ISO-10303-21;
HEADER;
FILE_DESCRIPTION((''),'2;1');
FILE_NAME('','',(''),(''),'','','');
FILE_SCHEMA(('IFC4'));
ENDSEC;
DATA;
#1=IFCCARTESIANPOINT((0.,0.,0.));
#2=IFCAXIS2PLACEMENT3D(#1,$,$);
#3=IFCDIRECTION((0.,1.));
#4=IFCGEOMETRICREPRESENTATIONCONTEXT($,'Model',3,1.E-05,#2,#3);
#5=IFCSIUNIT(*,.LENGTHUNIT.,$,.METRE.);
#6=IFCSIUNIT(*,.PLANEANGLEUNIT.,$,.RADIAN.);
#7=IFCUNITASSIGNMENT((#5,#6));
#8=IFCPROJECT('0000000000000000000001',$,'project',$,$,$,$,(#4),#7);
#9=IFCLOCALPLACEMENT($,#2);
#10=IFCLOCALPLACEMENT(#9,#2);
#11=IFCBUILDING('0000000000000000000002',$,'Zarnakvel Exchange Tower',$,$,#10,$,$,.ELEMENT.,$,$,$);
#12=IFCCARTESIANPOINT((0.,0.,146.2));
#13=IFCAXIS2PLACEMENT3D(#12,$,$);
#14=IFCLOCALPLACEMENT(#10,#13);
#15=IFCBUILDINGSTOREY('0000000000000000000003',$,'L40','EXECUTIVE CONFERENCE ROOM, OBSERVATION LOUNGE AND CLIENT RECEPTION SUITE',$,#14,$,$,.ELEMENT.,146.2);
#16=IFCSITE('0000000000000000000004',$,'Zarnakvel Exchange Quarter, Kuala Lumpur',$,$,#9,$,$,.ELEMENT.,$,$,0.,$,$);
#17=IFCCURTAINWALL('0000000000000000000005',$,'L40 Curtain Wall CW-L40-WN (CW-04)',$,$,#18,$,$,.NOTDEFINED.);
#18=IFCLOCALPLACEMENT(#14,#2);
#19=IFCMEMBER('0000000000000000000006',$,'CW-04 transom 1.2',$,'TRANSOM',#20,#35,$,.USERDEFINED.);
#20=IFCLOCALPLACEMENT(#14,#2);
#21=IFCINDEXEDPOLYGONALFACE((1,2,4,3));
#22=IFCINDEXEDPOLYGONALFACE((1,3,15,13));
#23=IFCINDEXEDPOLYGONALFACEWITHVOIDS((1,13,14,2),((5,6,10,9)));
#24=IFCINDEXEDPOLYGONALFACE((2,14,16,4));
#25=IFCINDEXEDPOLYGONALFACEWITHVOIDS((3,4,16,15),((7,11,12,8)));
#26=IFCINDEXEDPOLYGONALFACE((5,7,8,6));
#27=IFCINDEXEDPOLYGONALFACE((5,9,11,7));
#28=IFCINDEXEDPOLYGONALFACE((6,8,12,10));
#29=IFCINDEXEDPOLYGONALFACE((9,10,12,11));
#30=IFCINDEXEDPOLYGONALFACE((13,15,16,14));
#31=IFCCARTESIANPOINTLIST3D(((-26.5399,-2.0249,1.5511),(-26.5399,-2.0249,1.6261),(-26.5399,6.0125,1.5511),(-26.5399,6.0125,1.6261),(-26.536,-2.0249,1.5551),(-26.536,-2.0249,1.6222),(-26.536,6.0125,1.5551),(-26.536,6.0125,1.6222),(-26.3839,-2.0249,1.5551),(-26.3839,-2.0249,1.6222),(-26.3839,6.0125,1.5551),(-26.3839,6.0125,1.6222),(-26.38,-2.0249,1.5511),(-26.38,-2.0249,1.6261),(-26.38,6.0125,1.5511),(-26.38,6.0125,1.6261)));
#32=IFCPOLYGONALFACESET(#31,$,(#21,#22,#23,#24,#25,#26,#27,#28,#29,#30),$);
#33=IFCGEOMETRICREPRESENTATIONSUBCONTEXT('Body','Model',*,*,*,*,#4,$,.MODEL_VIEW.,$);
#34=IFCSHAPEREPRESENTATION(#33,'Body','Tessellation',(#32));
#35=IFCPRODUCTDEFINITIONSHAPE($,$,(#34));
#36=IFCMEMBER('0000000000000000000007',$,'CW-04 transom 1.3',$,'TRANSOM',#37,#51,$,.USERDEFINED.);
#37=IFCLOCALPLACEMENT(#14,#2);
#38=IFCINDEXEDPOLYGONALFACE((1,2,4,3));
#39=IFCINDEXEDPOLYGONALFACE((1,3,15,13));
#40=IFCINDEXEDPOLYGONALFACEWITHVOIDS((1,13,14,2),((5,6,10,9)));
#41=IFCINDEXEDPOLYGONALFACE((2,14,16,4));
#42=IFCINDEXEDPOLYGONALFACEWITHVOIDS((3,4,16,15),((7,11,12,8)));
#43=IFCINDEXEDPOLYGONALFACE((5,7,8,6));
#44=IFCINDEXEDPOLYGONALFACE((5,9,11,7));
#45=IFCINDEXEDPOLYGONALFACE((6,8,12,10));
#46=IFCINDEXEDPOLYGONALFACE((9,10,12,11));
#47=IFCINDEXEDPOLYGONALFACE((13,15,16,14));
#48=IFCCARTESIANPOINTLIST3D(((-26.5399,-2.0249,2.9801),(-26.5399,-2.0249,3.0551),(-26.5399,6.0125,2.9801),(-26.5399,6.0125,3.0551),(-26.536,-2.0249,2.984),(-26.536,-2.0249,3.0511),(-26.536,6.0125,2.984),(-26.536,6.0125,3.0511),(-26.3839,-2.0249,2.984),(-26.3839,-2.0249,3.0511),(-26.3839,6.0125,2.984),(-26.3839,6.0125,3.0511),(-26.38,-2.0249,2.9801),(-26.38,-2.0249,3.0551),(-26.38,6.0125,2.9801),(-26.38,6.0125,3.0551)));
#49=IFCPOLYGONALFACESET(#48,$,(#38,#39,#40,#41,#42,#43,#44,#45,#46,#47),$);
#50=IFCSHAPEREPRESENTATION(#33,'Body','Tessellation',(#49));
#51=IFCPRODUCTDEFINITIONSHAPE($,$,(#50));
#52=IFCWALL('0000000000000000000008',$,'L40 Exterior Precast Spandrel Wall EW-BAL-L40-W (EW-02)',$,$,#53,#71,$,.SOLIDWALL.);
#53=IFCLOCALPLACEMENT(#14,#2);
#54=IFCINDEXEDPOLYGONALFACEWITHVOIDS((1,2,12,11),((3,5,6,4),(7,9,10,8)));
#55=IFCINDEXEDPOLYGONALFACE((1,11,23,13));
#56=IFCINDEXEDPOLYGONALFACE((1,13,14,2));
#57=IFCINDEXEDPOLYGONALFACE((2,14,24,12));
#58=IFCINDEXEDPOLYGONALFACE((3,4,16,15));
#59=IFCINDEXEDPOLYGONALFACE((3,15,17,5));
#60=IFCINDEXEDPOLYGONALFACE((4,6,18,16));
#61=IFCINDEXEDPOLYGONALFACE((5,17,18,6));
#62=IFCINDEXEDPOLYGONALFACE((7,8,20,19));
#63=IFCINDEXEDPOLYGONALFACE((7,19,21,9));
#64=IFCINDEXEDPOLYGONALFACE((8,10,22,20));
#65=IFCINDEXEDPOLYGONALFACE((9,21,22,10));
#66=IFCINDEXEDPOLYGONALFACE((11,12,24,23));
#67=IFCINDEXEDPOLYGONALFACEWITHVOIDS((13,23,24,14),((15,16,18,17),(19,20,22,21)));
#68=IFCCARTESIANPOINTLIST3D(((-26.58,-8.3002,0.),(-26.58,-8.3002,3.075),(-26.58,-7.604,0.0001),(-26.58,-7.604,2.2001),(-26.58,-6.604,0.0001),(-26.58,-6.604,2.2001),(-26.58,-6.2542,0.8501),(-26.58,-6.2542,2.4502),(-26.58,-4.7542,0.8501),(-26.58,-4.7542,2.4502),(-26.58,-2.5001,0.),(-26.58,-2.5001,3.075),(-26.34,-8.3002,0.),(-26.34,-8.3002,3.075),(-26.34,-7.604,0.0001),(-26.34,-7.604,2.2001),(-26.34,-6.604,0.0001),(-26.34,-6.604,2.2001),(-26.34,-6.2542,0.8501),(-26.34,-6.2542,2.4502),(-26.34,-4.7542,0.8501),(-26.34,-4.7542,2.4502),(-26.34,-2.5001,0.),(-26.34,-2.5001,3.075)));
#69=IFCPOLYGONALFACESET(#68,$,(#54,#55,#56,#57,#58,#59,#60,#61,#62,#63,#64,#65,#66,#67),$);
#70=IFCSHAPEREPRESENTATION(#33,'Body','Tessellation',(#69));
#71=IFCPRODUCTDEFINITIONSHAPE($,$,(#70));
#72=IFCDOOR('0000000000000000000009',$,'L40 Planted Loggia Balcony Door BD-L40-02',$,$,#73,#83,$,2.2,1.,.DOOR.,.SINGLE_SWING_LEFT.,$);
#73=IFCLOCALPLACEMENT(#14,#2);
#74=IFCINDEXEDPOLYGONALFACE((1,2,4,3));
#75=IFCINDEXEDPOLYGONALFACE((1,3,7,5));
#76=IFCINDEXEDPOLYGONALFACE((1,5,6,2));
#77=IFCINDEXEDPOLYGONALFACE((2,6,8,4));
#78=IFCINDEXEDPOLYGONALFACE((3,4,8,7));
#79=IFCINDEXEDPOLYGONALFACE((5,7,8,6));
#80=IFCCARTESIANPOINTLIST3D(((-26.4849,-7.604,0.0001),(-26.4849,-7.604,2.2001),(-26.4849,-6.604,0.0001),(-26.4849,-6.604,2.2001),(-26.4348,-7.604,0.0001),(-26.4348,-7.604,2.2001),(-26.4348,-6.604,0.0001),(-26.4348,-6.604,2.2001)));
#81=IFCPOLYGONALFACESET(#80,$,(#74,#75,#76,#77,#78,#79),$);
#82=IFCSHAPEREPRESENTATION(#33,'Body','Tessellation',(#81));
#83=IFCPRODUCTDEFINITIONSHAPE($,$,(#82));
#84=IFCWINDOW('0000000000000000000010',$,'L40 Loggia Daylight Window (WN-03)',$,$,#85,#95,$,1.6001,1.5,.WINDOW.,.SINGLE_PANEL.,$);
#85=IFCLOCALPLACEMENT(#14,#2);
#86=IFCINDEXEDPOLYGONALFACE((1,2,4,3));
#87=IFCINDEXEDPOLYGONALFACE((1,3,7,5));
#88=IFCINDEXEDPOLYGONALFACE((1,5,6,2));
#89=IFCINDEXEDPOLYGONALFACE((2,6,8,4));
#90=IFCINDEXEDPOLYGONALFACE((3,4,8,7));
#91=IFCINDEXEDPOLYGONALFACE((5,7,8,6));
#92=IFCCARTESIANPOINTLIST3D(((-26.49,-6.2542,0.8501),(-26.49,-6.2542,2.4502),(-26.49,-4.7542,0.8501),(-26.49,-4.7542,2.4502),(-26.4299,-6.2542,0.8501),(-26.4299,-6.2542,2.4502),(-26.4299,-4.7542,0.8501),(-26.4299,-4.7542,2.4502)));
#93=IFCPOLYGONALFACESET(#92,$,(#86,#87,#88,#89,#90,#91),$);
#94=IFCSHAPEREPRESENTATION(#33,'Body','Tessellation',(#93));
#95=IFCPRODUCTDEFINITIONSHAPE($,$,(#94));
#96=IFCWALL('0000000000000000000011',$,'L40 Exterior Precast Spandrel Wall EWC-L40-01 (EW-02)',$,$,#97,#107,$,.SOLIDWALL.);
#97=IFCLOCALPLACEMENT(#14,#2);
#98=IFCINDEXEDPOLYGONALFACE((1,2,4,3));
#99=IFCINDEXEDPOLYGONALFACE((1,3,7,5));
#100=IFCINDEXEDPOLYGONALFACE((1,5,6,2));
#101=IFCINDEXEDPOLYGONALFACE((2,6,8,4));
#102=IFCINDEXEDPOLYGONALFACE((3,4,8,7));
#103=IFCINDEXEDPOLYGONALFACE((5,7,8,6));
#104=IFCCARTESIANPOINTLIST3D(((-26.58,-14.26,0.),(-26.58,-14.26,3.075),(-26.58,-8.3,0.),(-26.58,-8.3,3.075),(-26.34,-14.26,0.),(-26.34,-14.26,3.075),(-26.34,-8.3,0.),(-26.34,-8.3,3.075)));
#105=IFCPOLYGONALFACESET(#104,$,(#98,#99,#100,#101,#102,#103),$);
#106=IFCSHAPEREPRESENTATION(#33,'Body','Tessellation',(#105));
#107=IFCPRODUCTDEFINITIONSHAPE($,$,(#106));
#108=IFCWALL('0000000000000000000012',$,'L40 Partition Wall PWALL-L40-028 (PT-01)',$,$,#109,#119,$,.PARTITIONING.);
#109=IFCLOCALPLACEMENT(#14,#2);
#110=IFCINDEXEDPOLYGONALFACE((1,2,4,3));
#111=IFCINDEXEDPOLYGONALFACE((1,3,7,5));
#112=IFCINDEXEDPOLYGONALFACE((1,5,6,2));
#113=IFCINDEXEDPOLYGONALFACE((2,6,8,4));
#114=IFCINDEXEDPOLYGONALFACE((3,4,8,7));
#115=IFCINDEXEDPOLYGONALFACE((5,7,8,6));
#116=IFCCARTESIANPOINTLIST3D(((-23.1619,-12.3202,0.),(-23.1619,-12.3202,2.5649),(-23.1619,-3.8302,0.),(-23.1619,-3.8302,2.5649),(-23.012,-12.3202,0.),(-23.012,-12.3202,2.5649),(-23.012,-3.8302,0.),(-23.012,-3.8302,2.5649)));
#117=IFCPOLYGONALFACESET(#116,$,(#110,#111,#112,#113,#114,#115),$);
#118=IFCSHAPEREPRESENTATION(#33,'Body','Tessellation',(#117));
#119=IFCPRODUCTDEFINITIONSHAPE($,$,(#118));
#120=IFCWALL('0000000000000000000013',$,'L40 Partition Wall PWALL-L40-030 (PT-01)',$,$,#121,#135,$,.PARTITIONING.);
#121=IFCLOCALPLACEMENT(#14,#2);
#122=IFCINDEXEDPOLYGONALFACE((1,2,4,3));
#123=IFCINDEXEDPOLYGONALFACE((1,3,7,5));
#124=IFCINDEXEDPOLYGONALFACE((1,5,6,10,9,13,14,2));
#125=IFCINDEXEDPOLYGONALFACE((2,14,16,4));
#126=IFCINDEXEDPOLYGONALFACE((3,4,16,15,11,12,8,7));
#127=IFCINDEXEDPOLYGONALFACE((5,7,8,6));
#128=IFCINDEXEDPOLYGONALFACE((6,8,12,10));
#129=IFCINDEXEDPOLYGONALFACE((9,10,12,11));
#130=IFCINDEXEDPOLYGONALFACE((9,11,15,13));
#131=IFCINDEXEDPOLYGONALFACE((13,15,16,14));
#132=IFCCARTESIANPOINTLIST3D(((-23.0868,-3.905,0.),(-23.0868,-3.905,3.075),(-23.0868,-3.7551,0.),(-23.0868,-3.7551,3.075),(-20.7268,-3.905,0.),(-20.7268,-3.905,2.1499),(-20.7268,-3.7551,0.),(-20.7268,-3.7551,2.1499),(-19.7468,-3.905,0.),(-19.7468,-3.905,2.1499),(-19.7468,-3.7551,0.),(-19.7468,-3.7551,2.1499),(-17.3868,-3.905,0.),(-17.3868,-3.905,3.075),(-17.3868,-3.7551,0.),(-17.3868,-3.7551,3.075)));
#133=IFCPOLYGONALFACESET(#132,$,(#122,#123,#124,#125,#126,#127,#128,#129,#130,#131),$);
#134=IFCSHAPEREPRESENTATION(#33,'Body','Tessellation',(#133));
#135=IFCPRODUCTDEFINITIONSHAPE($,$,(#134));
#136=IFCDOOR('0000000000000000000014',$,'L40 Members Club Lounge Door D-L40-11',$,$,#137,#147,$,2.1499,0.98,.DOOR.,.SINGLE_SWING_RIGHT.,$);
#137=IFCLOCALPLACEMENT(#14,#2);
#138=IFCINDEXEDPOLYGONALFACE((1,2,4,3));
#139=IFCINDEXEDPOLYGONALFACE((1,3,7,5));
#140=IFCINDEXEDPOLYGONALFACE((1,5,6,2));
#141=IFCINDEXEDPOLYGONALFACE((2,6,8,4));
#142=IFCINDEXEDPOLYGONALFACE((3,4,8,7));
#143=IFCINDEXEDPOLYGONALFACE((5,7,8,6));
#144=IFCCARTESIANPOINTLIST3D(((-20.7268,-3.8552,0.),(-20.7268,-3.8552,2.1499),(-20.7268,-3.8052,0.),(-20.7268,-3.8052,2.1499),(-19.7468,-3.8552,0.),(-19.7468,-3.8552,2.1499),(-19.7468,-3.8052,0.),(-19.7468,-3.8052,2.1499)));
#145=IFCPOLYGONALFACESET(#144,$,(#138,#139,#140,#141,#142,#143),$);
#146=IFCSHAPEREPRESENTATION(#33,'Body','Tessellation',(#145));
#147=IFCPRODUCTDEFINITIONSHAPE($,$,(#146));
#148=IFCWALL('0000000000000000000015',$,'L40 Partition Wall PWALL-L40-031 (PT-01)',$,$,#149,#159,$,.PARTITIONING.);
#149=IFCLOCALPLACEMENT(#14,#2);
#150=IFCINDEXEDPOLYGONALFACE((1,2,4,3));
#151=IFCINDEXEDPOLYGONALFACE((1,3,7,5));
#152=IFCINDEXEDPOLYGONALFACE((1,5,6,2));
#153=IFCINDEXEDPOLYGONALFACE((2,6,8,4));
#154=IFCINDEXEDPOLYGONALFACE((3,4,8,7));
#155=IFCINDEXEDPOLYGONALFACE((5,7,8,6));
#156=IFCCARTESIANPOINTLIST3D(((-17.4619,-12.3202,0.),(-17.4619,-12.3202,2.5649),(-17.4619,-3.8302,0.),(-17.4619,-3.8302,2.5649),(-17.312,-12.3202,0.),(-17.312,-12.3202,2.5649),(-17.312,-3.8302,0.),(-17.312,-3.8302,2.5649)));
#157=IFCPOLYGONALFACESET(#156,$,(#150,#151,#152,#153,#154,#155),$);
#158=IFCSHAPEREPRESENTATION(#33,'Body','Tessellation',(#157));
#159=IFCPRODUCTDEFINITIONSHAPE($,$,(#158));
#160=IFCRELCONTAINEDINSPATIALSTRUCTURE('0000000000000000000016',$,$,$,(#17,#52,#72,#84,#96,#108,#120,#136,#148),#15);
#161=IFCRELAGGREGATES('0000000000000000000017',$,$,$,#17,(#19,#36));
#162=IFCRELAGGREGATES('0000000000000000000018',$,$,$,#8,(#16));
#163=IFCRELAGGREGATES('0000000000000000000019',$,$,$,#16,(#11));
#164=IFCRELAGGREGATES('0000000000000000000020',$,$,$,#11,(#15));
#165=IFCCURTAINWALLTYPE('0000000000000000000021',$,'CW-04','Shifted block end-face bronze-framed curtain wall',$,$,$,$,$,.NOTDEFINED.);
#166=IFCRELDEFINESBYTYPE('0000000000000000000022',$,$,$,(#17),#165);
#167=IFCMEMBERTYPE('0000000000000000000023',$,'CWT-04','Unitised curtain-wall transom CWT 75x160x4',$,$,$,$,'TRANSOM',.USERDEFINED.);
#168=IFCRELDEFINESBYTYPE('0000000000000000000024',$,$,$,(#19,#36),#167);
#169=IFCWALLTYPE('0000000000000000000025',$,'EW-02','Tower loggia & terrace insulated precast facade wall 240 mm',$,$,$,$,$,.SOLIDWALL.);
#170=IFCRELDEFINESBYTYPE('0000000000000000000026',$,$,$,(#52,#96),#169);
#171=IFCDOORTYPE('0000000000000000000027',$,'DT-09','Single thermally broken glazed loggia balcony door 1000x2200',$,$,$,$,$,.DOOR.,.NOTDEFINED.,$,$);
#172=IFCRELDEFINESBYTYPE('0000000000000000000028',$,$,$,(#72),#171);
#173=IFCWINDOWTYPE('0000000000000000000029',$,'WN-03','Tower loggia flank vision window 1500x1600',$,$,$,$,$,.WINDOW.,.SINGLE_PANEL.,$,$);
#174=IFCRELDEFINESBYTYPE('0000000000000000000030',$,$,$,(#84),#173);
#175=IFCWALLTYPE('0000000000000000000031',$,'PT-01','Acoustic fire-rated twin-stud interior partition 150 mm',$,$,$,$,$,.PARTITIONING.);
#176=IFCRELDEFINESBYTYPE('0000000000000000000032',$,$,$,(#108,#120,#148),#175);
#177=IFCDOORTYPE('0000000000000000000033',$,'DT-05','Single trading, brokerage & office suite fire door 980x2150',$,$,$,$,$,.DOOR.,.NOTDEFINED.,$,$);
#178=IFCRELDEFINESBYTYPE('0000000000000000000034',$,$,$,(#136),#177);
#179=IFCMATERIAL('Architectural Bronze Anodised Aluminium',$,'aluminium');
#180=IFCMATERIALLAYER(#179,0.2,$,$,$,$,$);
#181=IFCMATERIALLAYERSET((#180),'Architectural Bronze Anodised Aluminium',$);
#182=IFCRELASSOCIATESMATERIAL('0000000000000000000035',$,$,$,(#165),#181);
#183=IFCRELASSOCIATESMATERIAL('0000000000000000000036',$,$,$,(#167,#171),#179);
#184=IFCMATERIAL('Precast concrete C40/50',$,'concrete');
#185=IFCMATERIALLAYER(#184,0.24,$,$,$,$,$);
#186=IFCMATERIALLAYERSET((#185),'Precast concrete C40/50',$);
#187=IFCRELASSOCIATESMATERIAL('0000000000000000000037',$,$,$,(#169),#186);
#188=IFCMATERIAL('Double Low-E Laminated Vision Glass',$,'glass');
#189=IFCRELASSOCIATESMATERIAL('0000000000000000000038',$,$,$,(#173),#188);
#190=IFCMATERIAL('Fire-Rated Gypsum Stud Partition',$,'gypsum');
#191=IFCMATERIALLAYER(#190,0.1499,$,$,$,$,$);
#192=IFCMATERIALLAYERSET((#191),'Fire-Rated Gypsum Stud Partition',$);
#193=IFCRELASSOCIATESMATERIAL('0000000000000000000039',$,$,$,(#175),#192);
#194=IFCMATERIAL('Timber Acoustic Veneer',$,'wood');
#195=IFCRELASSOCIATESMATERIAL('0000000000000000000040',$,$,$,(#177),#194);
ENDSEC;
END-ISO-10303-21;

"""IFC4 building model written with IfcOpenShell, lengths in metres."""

from ifc_helpers import new_model, si_unit, direction, frame, frame_2d, origin, origin_2d, place, context, subcontext, project, spatial, rectangle, hollow_rectangle, extrude, source, transform, mapped, material, layer, layer_set, material_profile, profile_set, type_object, element, fill, aggregate, save


model = new_model("IFC4")

# Units and contexts
model_context = context("Model", 3, precision=1e-05, world=origin(), true_north=direction((0.0, 1.0)))
body_context = subcontext(model_context, "Body", "Model", "MODEL_VIEW")
ifc_project = project(units=[si_unit("LENGTHUNIT", "METRE"), si_unit("PLANEANGLEUNIT", "RADIAN")], contexts=[model_context])

# Site, building, storey
site_placement = place(None, origin())
site = spatial("IfcSite", under=ifc_project, at=site_placement, Name="Zarnakvel Exchange Quarter, Kuala Lumpur", CompositionType="ELEMENT", RefElevation=0.0)
building_placement = place(site_placement, origin())
building = spatial("IfcBuilding", under=site, at=building_placement, Name="Zarnakvel Exchange Tower", CompositionType="ELEMENT")
storey_placement = place(building_placement, frame((0.0, 0.0, 146.2)))
storey = spatial("IfcBuildingStorey", under=building, at=storey_placement, Name="L40", Description="EXECUTIVE CONFERENCE ROOM, OBSERVATION LOUNGE AND CLIENT RECEPTION SUITE", CompositionType="ELEMENT", Elevation=146.2)

# Curtain wall, members
ifc_material_1 = material(Name="Architectural Bronze Anodised Aluminium", Category="aluminium")
ifc_layer_1 = layer(ifc_material_1, 0.2)
ifc_layer_set_1 = layer_set([ifc_layer_1], Name="Architectural Bronze Anodised Aluminium")
curtain_wall_type = type_object("IfcCurtainWallType", Name="CW-04", Description="Shifted block end-face bronze-framed curtain wall", PredefinedType="NOTDEFINED", material=ifc_layer_set_1)
curtain_wall_placement = place(storey_placement, origin())
curtain_wall = element("IfcCurtainWall", 1, at=curtain_wall_placement, inside=storey, type_object=curtain_wall_type, Name="L40 Curtain Wall CW-L40-WN (CW-04)", PredefinedType="NOTDEFINED")
ifc_material_profile_1 = material_profile(ifc_material_1, hollow_rectangle(XDim=0.1599, YDim=0.075, WallThickness=0.0039, at=origin_2d()))
ifc_profile_set_1 = profile_set([ifc_material_profile_1], Name="Architectural Bronze Anodised Aluminium")
member_type_1 = type_object("IfcMemberType", Name="CWT-04", Description="Unitised curtain-wall transom CWT 75x160x4", ElementType="TRANSOM", PredefinedType="USERDEFINED", material=ifc_profile_set_1)
shared_shape_1 = source(origin(), body_context, "Body", "SweptSolid", [
    extrude(hollow_rectangle(XDim=0.1599, YDim=0.075, WallThickness=0.0039, at=origin_2d()), origin(), (0.0, 0.0, 1.0), 8.0374),
])
member_1_placement = place(storey_placement, frame((-26.46, -2.0249, 1.5886), z_axis=(0.0, 1.0, 0.0), x_axis=(-1.0, 0.0, 0.0)))
member_1 = element("IfcMember", 2, at=member_1_placement, type_object=member_type_1, Name="CW-04 transom 1.2", ObjectType="TRANSOM", PredefinedType="USERDEFINED", context=body_context, shape_type="MappedRepresentation", body=[
    mapped(shared_shape_1, transform((0.0, 0.0, 0.0), x_axis=(1.0, 0.0, 0.0), y_axis=(0.0, 1.0, 0.0), z_axis=(0.0, 0.0, 1.0), scale=1.0)),
])
member_2_placement = place(storey_placement, frame((-26.46, -2.0249, 3.0176), z_axis=(0.0, 1.0, 0.0), x_axis=(-1.0, 0.0, 0.0)))
member_2 = element("IfcMember", 3, at=member_2_placement, type_object=member_type_1, Name="CW-04 transom 1.3", ObjectType="TRANSOM", PredefinedType="USERDEFINED", context=body_context, shape_type="MappedRepresentation", body=[
    mapped(shared_shape_1, transform((0.0, 0.0, 0.0), x_axis=(1.0, 0.0, 0.0), y_axis=(0.0, 1.0, 0.0), z_axis=(0.0, 0.0, 1.0), scale=1.0)),
])
aggregate(curtain_wall, [member_1, member_2])

# Wall, openings, door, window
ifc_material_2 = material(Name="Precast concrete C40/50", Category="concrete")
ifc_layer_2 = layer(ifc_material_2, 0.24)
ifc_layer_set_2 = layer_set([ifc_layer_2], Name="Precast concrete C40/50")
wall_type_1 = type_object("IfcWallType", Name="EW-02", Description="Tower loggia & terrace insulated precast facade wall 240 mm", PredefinedType="SOLIDWALL", material=ifc_layer_set_2)
wall_1_placement = place(storey_placement, frame((-26.46, -8.3, 0.0), z_axis=(0.0, 0.0, 1.0), x_axis=(0.0, 1.0, 0.0)))
wall_1 = element("IfcWall", 4, at=wall_1_placement, inside=storey, type_object=wall_type_1, Name="L40 Exterior Precast Spandrel Wall EW-BAL-L40-W (EW-02)", PredefinedType="SOLIDWALL", context=body_context, shape_type="SweptSolid", body=[
    extrude(rectangle(XDim=5.8, YDim=0.24, at=frame_2d((2.8999, 0.0))), origin(), (0.0, 0.0, 1.0), 3.075),
])
opening_1_placement = place(wall_1_placement, frame((0.696, 0.0, 0.0)))
opening_1 = element("IfcOpeningElement", 5, at=opening_1_placement, cuts=wall_1, PredefinedType="OPENING", context=body_context, shape_type="SweptSolid", body=[
    extrude(rectangle(XDim=1.0, YDim=2.2, at=frame_2d((0.5, 1.1001))), frame((0.0, 0.1299, 0.0), z_axis=(0.0, -1.0, 0.0), x_axis=(1.0, 0.0, 0.0)), (0.0, 0.0, 1.0), 0.26),
])
opening_2_placement = place(wall_1_placement, frame((2.0459, 0.0, 0.8501)))
opening_2 = element("IfcOpeningElement", 6, at=opening_2_placement, cuts=wall_1, PredefinedType="OPENING", context=body_context, shape_type="SweptSolid", body=[
    extrude(rectangle(XDim=1.5, YDim=1.6001, at=frame_2d((0.75, 0.8))), frame((0.0, 0.1299, 0.0), z_axis=(0.0, -1.0, 0.0), x_axis=(1.0, 0.0, 0.0)), (0.0, 0.0, 1.0), 0.26),
])
door_type_1 = type_object("IfcDoorType", Name="DT-09", Description="Single thermally broken glazed loggia balcony door 1000x2200", OperationType="NOTDEFINED", PredefinedType="DOOR", material=ifc_material_1)
shared_shape_2 = source(origin(), body_context, "Body", "SweptSolid", [
    extrude(rectangle(XDim=1.0, YDim=2.2, at=frame_2d((0.5, 1.1001))), frame((0.0, 0.0249, 0.0), z_axis=(0.0, -1.0, 0.0), x_axis=(1.0, 0.0, 0.0)), (0.0, 0.0, 1.0), 0.05),
])
door_1_placement = place(opening_1_placement, origin())
door_1 = element("IfcDoor", 7, at=door_1_placement, inside=storey, type_object=door_type_1, Name="L40 Planted Loggia Balcony Door BD-L40-02", OperationType="SINGLE_SWING_LEFT", OverallHeight=2.2, OverallWidth=1.0, PredefinedType="DOOR", context=body_context, shape_type="MappedRepresentation", body=[
    mapped(shared_shape_2, transform((0.0, 0.0, 0.0), x_axis=(1.0, 0.0, 0.0), y_axis=(0.0, 1.0, 0.0), z_axis=(0.0, 0.0, 1.0), scale=1.0)),
])
fill(opening_1, door_1)
ifc_material_3 = material(Name="Double Low-E Laminated Vision Glass", Category="glass")
window_type = type_object("IfcWindowType", Name="WN-03", Description="Tower loggia flank vision window 1500x1600", PartitioningType="SINGLE_PANEL", PredefinedType="WINDOW", material=ifc_material_3)
shared_shape_3 = source(origin(), body_context, "Body", "SweptSolid", [
    extrude(rectangle(XDim=1.5, YDim=1.6001, at=frame_2d((0.75, 0.8))), frame((0.0, 0.03, 0.0), z_axis=(0.0, -1.0, 0.0), x_axis=(1.0, 0.0, 0.0)), (0.0, 0.0, 1.0), 0.0601),
])
window_placement = place(opening_2_placement, origin())
window = element("IfcWindow", 8, at=window_placement, inside=storey, type_object=window_type, Name="L40 Loggia Daylight Window (WN-03)", OverallHeight=1.6001, OverallWidth=1.5, PartitioningType="SINGLE_PANEL", PredefinedType="WINDOW", context=body_context, shape_type="MappedRepresentation", body=[
    mapped(shared_shape_3, transform((0.0, 0.0, 0.0), x_axis=(1.0, 0.0, 0.0), y_axis=(0.0, 1.0, 0.0), z_axis=(0.0, 0.0, 1.0), scale=1.0)),
])
fill(opening_2, window)

# Wall
wall_2_placement = place(storey_placement, frame((-26.46, -8.3, 0.0), z_axis=(0.0, 0.0, 1.0), x_axis=(0.0, -1.0, 0.0)))
element("IfcWall", 9, at=wall_2_placement, inside=storey, type_object=wall_type_1, Name="L40 Exterior Precast Spandrel Wall EWC-L40-01 (EW-02)", PredefinedType="SOLIDWALL", context=body_context, shape_type="SweptSolid", body=[
    extrude(rectangle(XDim=5.96, YDim=0.24, at=frame_2d((2.98, 0.0))), origin(), (0.0, 0.0, 1.0), 3.075),
])

# Shared definitions
ifc_material_4 = material(Name="Fire-Rated Gypsum Stud Partition", Category="gypsum")
ifc_layer_3 = layer(ifc_material_4, 0.1499)
ifc_layer_set_3 = layer_set([ifc_layer_3], Name="Fire-Rated Gypsum Stud Partition")
wall_type_2 = type_object("IfcWallType", Name="PT-01", Description="Acoustic fire-rated twin-stud interior partition 150 mm", PredefinedType="PARTITIONING", material=ifc_layer_set_3)
ifc_material_5 = material(Name="Timber Acoustic Veneer", Category="wood")
door_type_2 = type_object("IfcDoorType", Name="DT-05", Description="Single trading, brokerage & office suite fire door 980x2150", OperationType="NOTDEFINED", PredefinedType="DOOR", material=ifc_material_5)
shared_shape_4 = source(origin(), body_context, "Body", "SweptSolid", [
    extrude(rectangle(XDim=0.98, YDim=2.1499, at=frame_2d((0.49, 1.075))), frame((0.0, 0.0249, 0.0), z_axis=(0.0, -1.0, 0.0), x_axis=(1.0, 0.0, 0.0)), (0.0, 0.0, 1.0), 0.05),
])

# Wall
wall_3_placement = place(storey_placement, frame((-23.0869, -3.8301, 0.0), z_axis=(0.0, 0.0, 1.0), x_axis=(0.0, -1.0, 0.0)))
element("IfcWall", 10, at=wall_3_placement, inside=storey, type_object=wall_type_2, Name="L40 Partition Wall PWALL-L40-028 (PT-01)", PredefinedType="PARTITIONING", context=body_context, shape_type="SweptSolid", body=[
    extrude(rectangle(XDim=8.49, YDim=0.1499, at=frame_2d((4.2451, 0.0))), origin(), (0.0, 0.0, 1.0), 2.5649),
])

# Wall, opening, door
wall_4_placement = place(storey_placement, frame((-23.0869, -3.8301, 0.0), z_axis=(0.0, 0.0, 1.0), x_axis=(1.0, 0.0, 0.0)))
wall_4 = element("IfcWall", 11, at=wall_4_placement, inside=storey, type_object=wall_type_2, Name="L40 Partition Wall PWALL-L40-030 (PT-01)", PredefinedType="PARTITIONING", context=body_context, shape_type="SweptSolid", body=[
    extrude(rectangle(XDim=5.7, YDim=0.1499, at=frame_2d((2.8501, 0.0))), origin(), (0.0, 0.0, 1.0), 3.075),
])
opening_3_placement = place(wall_4_placement, frame((2.3601, 0.0, 0.0)))
opening_3 = element("IfcOpeningElement", 12, at=opening_3_placement, cuts=wall_4, PredefinedType="OPENING", context=body_context, shape_type="SweptSolid", body=[
    extrude(rectangle(XDim=0.98, YDim=2.1499, at=frame_2d((0.49, 1.075))), frame((0.0, 0.085, 0.0), z_axis=(0.0, -1.0, 0.0), x_axis=(1.0, 0.0, 0.0)), (0.0, 0.0, 1.0), 0.1699),
])
door_2_placement = place(opening_3_placement, origin())
door_2 = element("IfcDoor", 13, at=door_2_placement, inside=storey, type_object=door_type_2, Name="L40 Members Club Lounge Door D-L40-11", OperationType="SINGLE_SWING_RIGHT", OverallHeight=2.1499, OverallWidth=0.98, PredefinedType="DOOR", context=body_context, shape_type="MappedRepresentation", body=[
    mapped(shared_shape_4, transform((0.0, 0.0, 0.0), x_axis=(1.0, 0.0, 0.0), y_axis=(0.0, 1.0, 0.0), z_axis=(0.0, 0.0, 1.0), scale=1.0)),
])
fill(opening_3, door_2)

# Wall
wall_5_placement = place(storey_placement, frame((-17.387, -3.8301, 0.0), z_axis=(0.0, 0.0, 1.0), x_axis=(0.0, -1.0, 0.0)))
element("IfcWall", 14, at=wall_5_placement, inside=storey, type_object=wall_type_2, Name="L40 Partition Wall PWALL-L40-031 (PT-01)", PredefinedType="PARTITIONING", context=body_context, shape_type="SweptSolid", body=[
    extrude(rectangle(XDim=8.49, YDim=0.1499, at=frame_2d((4.2451, 0.0))), origin(), (0.0, 0.0, 1.0), 2.5649),
])

save(model, "model.ifc")
